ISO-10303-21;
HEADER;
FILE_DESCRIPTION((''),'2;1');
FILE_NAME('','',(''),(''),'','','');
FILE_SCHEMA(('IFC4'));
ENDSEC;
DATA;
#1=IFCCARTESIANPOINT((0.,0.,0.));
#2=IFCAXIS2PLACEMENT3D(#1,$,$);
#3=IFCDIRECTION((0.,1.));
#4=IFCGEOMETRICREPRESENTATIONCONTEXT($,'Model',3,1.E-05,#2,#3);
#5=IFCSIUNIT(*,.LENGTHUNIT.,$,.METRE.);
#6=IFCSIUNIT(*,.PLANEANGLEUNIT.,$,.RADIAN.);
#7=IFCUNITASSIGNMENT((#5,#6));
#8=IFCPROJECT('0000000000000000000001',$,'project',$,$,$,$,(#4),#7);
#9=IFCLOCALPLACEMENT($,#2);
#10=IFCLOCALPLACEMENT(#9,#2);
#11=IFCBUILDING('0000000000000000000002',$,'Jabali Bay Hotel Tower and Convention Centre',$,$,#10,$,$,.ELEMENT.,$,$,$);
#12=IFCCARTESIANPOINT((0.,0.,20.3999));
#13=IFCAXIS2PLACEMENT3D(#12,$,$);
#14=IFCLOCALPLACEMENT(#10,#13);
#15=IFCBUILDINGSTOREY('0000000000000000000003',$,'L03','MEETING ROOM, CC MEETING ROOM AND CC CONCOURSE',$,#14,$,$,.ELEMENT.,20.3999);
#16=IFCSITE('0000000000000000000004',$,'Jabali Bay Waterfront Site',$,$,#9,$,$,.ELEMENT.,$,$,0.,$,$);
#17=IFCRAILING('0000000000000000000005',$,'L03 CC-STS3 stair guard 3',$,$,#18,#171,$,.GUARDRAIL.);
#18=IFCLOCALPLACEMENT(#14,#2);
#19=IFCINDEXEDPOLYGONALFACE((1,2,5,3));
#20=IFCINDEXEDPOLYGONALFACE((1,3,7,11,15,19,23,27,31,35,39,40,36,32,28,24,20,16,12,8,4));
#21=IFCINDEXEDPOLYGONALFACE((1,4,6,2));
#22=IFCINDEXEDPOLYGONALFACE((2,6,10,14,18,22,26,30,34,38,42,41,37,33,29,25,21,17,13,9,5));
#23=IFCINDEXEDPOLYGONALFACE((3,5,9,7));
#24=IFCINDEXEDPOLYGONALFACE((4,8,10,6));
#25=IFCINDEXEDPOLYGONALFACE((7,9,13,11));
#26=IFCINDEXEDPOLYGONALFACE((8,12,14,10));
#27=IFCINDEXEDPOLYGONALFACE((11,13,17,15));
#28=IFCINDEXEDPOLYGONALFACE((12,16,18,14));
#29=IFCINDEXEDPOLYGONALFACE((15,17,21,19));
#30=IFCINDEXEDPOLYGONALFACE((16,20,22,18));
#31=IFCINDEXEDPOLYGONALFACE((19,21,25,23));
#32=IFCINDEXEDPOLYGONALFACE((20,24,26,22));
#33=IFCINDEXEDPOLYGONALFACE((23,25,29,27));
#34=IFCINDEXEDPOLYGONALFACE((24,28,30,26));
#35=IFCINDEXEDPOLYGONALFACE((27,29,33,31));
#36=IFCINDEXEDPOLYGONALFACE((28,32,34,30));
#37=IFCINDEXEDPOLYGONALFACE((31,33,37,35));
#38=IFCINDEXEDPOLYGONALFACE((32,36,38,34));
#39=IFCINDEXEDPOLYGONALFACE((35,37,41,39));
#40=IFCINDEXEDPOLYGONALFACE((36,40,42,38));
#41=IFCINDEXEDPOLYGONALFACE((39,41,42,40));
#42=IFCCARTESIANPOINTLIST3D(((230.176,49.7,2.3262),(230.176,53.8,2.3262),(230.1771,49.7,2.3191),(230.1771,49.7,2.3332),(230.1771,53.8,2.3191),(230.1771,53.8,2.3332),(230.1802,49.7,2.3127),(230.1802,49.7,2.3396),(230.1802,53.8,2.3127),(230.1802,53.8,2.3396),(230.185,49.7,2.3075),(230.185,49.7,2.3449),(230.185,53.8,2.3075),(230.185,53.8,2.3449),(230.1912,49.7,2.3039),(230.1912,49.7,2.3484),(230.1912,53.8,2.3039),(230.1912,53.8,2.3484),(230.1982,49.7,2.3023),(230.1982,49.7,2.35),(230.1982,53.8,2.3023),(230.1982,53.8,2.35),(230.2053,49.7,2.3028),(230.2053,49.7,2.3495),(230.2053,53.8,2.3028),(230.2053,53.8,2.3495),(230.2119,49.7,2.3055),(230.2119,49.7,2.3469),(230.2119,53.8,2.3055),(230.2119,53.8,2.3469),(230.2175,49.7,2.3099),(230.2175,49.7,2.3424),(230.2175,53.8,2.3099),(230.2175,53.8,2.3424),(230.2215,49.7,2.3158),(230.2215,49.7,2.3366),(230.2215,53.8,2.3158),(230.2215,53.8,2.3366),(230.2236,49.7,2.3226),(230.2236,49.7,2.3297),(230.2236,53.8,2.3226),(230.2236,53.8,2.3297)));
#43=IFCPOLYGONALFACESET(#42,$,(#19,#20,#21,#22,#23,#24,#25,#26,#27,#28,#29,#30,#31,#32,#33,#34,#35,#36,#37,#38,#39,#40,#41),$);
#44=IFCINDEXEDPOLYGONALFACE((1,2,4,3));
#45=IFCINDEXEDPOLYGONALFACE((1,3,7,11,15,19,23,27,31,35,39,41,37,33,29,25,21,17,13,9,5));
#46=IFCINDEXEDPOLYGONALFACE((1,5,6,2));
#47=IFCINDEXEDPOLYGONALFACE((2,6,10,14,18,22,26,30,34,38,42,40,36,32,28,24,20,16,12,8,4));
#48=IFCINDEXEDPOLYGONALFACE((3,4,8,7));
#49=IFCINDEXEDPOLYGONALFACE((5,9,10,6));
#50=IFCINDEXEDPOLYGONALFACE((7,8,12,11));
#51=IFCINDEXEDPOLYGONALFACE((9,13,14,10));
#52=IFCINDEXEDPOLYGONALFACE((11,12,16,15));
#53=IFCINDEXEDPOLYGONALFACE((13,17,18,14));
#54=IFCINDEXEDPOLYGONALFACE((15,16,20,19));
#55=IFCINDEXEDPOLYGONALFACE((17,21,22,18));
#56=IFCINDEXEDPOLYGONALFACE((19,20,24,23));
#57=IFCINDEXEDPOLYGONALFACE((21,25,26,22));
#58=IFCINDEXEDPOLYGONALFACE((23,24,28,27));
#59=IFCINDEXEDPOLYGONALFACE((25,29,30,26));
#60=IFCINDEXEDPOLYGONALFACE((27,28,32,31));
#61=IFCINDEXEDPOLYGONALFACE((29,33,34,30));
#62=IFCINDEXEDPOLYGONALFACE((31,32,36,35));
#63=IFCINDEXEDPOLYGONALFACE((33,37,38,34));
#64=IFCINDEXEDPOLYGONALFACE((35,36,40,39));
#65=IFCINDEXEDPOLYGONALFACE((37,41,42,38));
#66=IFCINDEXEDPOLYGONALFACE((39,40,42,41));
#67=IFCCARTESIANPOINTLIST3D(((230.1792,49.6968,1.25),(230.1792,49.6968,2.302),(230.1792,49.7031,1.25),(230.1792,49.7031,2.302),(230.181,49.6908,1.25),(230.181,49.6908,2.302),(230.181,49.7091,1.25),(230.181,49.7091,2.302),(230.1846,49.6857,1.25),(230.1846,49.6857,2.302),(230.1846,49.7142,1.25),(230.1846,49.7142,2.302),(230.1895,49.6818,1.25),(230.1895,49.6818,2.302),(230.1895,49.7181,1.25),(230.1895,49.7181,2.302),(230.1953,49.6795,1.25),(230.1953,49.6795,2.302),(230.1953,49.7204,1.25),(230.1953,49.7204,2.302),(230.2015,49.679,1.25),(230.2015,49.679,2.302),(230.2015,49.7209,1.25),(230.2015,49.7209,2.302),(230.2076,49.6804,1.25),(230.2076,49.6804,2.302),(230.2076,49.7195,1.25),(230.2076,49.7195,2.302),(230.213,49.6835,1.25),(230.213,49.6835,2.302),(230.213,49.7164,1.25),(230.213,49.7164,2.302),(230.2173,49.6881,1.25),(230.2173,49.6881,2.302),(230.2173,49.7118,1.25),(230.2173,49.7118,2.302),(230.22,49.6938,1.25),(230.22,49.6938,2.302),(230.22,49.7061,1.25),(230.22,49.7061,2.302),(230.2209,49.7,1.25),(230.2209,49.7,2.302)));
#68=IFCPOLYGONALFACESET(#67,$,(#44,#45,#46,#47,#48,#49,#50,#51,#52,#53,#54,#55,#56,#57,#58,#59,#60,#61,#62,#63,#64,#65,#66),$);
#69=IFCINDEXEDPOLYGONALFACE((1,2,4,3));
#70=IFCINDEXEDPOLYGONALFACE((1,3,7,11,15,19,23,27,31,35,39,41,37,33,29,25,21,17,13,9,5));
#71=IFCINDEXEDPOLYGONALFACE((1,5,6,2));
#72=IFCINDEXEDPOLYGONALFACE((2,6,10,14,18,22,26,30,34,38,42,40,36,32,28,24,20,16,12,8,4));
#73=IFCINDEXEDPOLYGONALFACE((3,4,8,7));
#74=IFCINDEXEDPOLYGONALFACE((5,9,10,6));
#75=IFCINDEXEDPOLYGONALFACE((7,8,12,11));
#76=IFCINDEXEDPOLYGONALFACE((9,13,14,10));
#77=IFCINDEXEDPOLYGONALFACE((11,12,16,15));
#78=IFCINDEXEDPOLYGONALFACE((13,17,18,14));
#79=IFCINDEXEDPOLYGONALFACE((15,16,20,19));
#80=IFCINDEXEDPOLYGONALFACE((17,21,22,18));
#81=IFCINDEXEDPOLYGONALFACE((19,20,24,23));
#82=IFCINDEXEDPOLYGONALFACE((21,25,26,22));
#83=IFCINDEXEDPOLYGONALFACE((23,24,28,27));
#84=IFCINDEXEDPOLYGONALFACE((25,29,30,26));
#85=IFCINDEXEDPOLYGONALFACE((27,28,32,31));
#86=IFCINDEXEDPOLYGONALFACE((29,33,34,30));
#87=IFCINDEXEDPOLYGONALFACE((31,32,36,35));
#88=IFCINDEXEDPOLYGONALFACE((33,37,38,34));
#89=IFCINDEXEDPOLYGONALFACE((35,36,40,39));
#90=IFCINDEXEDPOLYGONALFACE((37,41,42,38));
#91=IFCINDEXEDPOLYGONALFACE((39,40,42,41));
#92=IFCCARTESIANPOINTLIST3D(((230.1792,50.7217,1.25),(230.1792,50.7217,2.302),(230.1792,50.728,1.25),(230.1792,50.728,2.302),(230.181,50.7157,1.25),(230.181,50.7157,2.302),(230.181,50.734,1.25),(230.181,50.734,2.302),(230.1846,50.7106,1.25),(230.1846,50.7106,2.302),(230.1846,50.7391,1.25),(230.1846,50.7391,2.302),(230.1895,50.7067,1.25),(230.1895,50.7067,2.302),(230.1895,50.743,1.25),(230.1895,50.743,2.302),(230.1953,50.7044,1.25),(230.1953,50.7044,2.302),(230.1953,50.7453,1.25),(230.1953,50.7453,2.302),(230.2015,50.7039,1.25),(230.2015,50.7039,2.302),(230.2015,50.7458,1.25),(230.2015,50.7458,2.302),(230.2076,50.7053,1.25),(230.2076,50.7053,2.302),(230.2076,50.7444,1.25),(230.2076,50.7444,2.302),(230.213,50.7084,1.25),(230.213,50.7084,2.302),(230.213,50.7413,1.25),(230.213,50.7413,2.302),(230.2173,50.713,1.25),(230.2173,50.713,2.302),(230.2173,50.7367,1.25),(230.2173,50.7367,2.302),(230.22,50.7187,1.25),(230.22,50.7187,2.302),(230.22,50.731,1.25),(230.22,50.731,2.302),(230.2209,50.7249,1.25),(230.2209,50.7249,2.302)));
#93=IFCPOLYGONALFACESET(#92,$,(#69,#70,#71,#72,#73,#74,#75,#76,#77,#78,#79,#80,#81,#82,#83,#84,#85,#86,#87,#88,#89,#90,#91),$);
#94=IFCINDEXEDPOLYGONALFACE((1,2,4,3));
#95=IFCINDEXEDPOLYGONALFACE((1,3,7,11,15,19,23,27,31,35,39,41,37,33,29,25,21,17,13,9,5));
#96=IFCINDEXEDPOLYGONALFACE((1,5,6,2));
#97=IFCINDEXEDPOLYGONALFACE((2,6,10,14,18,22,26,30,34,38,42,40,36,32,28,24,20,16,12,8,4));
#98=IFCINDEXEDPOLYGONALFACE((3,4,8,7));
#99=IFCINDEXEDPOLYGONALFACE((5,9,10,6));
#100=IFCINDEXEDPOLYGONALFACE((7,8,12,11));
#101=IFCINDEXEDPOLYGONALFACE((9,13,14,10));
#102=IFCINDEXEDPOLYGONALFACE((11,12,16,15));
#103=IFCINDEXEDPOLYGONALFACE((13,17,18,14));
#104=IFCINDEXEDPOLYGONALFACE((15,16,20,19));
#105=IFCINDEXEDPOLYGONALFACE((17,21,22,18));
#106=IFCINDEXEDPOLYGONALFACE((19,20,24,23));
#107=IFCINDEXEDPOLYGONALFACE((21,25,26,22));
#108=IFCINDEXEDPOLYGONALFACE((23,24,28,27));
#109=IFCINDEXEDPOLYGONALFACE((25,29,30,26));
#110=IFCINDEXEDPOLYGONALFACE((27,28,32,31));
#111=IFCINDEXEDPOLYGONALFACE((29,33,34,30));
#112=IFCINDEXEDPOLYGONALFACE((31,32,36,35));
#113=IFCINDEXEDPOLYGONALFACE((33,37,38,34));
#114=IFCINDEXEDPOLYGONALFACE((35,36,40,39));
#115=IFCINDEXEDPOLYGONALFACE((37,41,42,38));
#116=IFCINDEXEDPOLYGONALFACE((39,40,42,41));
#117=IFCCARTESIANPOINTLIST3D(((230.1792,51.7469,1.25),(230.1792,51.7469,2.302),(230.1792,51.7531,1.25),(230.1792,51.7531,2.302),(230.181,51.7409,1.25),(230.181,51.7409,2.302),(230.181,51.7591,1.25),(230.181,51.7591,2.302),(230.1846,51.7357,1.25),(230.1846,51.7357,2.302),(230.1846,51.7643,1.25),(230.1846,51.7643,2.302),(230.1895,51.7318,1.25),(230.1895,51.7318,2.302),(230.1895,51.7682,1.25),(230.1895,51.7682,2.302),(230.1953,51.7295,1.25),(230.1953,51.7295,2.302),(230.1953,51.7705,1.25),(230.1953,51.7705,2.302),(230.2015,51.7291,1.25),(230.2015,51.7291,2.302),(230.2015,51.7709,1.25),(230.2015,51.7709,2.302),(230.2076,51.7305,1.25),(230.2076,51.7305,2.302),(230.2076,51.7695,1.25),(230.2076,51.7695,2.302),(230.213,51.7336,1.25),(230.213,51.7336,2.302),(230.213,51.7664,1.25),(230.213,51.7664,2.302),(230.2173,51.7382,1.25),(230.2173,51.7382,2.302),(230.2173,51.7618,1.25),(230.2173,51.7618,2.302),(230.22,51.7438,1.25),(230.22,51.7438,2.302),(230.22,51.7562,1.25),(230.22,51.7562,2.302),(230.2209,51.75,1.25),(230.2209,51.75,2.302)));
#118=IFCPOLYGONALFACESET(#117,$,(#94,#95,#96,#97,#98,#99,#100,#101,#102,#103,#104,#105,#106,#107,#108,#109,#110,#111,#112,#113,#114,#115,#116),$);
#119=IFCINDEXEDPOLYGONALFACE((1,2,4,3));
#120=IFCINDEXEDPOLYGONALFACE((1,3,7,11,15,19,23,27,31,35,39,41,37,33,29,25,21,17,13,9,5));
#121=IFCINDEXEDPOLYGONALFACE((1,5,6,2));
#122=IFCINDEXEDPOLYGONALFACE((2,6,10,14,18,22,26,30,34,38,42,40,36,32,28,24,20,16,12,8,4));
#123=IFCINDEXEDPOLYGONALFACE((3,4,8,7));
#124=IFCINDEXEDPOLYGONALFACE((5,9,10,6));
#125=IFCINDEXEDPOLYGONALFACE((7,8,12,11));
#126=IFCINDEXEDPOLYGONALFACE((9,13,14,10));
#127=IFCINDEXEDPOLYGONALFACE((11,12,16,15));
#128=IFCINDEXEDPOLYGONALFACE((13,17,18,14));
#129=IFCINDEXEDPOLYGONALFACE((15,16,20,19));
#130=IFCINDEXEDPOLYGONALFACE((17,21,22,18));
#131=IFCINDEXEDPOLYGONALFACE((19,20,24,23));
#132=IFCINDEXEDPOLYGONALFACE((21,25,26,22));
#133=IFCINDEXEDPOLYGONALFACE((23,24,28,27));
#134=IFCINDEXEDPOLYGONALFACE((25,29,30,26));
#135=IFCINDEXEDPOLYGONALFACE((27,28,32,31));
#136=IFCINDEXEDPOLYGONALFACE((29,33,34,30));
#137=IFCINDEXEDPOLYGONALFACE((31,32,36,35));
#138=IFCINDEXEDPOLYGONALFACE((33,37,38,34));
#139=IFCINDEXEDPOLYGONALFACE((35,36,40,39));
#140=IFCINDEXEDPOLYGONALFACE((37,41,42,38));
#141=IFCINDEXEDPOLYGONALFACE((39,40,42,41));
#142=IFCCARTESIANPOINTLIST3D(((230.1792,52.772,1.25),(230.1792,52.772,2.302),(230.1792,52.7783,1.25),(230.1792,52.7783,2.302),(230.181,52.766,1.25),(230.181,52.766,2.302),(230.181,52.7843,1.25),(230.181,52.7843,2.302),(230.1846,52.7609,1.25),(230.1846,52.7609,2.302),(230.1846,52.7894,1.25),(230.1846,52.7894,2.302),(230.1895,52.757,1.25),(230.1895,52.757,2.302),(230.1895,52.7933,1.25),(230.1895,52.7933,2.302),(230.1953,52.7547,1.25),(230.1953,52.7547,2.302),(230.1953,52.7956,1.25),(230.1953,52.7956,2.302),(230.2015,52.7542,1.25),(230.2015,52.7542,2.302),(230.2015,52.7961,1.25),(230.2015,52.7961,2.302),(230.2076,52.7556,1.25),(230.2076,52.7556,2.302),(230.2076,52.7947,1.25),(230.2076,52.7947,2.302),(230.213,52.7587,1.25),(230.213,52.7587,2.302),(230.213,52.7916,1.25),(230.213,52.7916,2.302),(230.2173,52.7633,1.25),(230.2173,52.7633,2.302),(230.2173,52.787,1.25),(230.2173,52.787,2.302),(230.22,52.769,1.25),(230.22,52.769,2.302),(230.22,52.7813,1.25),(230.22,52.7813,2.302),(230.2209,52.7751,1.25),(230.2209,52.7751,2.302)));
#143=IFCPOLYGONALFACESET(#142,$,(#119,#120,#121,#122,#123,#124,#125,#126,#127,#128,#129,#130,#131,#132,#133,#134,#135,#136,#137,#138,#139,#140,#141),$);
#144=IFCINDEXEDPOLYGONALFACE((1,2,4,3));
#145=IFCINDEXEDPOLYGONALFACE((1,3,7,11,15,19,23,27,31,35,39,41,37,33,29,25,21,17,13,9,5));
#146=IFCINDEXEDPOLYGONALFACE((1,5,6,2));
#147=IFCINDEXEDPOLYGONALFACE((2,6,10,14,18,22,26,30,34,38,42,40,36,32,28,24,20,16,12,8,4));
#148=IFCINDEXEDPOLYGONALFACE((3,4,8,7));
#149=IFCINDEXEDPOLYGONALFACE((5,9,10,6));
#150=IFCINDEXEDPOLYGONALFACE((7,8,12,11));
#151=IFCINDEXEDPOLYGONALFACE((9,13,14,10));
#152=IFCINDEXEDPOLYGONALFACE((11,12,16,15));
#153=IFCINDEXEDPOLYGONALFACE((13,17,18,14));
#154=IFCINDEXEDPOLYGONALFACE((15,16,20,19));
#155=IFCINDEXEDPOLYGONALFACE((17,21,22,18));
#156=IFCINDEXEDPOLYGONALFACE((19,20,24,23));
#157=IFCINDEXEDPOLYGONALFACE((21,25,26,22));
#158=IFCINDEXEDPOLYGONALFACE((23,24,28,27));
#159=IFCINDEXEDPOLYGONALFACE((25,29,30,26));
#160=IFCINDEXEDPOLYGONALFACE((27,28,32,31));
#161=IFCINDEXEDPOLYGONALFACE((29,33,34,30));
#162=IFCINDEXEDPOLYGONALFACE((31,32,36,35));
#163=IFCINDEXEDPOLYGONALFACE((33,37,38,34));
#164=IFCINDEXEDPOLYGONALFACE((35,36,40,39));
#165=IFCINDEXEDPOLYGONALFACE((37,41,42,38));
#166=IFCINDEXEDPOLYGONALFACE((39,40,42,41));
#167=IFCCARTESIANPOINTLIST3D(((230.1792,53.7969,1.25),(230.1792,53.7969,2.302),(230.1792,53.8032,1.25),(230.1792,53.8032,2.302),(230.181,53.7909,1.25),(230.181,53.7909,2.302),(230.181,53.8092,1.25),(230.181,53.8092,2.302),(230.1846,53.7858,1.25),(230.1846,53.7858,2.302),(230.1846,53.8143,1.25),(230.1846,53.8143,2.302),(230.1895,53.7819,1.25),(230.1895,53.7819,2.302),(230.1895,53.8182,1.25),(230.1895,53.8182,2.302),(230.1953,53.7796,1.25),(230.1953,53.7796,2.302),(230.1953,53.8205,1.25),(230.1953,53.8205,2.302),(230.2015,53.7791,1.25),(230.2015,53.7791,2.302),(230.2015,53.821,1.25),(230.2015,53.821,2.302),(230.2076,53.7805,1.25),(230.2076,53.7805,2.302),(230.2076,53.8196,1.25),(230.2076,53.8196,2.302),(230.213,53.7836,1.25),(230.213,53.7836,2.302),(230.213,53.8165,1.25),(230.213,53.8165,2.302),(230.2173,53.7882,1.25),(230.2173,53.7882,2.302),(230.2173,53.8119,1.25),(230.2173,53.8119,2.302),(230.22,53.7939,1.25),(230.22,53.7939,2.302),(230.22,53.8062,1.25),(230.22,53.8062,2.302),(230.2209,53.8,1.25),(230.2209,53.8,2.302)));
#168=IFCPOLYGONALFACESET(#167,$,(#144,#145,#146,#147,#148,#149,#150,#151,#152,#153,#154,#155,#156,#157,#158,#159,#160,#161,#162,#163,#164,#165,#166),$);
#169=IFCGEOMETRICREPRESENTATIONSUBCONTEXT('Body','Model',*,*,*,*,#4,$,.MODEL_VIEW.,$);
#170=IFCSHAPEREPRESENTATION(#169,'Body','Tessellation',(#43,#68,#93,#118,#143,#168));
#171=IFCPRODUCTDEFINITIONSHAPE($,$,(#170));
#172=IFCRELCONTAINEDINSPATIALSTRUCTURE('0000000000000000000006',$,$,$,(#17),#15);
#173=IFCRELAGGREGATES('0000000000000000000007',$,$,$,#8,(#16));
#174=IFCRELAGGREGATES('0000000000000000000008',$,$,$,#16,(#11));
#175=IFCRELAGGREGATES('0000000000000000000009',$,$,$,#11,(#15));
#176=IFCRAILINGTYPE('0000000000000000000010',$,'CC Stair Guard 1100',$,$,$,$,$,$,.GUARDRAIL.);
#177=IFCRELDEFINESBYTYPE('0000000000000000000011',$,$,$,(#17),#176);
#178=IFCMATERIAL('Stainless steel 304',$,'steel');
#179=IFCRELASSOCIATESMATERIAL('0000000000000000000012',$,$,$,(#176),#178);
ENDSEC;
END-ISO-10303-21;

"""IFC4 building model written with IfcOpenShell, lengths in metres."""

from ifc_helpers import new_model, si_unit, direction, frame, origin, origin_2d, place, context, subcontext, project, spatial, circle, extrude, material, type_object, element, save


model = new_model("IFC4")

# Units and contexts
model_context = context("Model", 3, precision=1e-05, world=origin(), true_north=direction((0.0, 1.0)))
body_context = subcontext(model_context, "Body", "Model", "MODEL_VIEW")
ifc_project = project(units=[si_unit("LENGTHUNIT", "METRE"), si_unit("PLANEANGLEUNIT", "RADIAN")], contexts=[model_context])

# Site, building, storey
site_placement = place(None, origin())
site = spatial("IfcSite", under=ifc_project, at=site_placement, Name="Jabali Bay Waterfront Site", CompositionType="ELEMENT", RefElevation=0.0)
building_placement = place(site_placement, origin())
building = spatial("IfcBuilding", under=site, at=building_placement, Name="Jabali Bay Hotel Tower and Convention Centre", CompositionType="ELEMENT")
storey_placement = place(building_placement, frame((0.0, 0.0, 20.3999)))
storey = spatial("IfcBuildingStorey", under=building, at=storey_placement, Name="L03", Description="MEETING ROOM, CC MEETING ROOM AND CC CONCOURSE", CompositionType="ELEMENT", Elevation=20.3999)

# Railing
ifc_material_1 = material(Name="Stainless steel 304", Category="steel")
railing_type = type_object("IfcRailingType", Name="CC Stair Guard 1100", PredefinedType="GUARDRAIL", material=ifc_material_1)
for number, where, name in (
    (1, (230.2, 49.7, 1.25), "L03 CC-STS3 stair guard 3"),
):
    element("IfcRailing", number, at=place(storey_placement, frame(where)), inside=storey, type_object=railing_type, Name=name, PredefinedType="GUARDRAIL", context=body_context, shape_type="SweptSolid", body=[
        extrude(circle(Radius=0.0239, at=origin_2d()), frame((0.0, 0.0, 1.0762), z_axis=(0.0, 1.0, 0.0), x_axis=(-1.0, 0.0, 0.0)), (0.0, 0.0, 1.0), 4.1001),
        extrude(circle(Radius=0.021, at=origin_2d()), origin(), (0.0, 0.0, 1.0), 1.052),
        extrude(circle(Radius=0.021, at=origin_2d()), frame((0.0, 1.0249, 0.0)), (0.0, 0.0, 1.0), 1.052),
        extrude(circle(Radius=0.021, at=origin_2d()), frame((0.0, 2.05, 0.0)), (0.0, 0.0, 1.0), 1.052),
        extrude(circle(Radius=0.021, at=origin_2d()), frame((0.0, 3.0752, 0.0)), (0.0, 0.0, 1.0), 1.052),
        extrude(circle(Radius=0.021, at=origin_2d()), frame((0.0, 4.1001, 0.0)), (0.0, 0.0, 1.0), 1.052),
    ])

save(model, "model.ifc")
